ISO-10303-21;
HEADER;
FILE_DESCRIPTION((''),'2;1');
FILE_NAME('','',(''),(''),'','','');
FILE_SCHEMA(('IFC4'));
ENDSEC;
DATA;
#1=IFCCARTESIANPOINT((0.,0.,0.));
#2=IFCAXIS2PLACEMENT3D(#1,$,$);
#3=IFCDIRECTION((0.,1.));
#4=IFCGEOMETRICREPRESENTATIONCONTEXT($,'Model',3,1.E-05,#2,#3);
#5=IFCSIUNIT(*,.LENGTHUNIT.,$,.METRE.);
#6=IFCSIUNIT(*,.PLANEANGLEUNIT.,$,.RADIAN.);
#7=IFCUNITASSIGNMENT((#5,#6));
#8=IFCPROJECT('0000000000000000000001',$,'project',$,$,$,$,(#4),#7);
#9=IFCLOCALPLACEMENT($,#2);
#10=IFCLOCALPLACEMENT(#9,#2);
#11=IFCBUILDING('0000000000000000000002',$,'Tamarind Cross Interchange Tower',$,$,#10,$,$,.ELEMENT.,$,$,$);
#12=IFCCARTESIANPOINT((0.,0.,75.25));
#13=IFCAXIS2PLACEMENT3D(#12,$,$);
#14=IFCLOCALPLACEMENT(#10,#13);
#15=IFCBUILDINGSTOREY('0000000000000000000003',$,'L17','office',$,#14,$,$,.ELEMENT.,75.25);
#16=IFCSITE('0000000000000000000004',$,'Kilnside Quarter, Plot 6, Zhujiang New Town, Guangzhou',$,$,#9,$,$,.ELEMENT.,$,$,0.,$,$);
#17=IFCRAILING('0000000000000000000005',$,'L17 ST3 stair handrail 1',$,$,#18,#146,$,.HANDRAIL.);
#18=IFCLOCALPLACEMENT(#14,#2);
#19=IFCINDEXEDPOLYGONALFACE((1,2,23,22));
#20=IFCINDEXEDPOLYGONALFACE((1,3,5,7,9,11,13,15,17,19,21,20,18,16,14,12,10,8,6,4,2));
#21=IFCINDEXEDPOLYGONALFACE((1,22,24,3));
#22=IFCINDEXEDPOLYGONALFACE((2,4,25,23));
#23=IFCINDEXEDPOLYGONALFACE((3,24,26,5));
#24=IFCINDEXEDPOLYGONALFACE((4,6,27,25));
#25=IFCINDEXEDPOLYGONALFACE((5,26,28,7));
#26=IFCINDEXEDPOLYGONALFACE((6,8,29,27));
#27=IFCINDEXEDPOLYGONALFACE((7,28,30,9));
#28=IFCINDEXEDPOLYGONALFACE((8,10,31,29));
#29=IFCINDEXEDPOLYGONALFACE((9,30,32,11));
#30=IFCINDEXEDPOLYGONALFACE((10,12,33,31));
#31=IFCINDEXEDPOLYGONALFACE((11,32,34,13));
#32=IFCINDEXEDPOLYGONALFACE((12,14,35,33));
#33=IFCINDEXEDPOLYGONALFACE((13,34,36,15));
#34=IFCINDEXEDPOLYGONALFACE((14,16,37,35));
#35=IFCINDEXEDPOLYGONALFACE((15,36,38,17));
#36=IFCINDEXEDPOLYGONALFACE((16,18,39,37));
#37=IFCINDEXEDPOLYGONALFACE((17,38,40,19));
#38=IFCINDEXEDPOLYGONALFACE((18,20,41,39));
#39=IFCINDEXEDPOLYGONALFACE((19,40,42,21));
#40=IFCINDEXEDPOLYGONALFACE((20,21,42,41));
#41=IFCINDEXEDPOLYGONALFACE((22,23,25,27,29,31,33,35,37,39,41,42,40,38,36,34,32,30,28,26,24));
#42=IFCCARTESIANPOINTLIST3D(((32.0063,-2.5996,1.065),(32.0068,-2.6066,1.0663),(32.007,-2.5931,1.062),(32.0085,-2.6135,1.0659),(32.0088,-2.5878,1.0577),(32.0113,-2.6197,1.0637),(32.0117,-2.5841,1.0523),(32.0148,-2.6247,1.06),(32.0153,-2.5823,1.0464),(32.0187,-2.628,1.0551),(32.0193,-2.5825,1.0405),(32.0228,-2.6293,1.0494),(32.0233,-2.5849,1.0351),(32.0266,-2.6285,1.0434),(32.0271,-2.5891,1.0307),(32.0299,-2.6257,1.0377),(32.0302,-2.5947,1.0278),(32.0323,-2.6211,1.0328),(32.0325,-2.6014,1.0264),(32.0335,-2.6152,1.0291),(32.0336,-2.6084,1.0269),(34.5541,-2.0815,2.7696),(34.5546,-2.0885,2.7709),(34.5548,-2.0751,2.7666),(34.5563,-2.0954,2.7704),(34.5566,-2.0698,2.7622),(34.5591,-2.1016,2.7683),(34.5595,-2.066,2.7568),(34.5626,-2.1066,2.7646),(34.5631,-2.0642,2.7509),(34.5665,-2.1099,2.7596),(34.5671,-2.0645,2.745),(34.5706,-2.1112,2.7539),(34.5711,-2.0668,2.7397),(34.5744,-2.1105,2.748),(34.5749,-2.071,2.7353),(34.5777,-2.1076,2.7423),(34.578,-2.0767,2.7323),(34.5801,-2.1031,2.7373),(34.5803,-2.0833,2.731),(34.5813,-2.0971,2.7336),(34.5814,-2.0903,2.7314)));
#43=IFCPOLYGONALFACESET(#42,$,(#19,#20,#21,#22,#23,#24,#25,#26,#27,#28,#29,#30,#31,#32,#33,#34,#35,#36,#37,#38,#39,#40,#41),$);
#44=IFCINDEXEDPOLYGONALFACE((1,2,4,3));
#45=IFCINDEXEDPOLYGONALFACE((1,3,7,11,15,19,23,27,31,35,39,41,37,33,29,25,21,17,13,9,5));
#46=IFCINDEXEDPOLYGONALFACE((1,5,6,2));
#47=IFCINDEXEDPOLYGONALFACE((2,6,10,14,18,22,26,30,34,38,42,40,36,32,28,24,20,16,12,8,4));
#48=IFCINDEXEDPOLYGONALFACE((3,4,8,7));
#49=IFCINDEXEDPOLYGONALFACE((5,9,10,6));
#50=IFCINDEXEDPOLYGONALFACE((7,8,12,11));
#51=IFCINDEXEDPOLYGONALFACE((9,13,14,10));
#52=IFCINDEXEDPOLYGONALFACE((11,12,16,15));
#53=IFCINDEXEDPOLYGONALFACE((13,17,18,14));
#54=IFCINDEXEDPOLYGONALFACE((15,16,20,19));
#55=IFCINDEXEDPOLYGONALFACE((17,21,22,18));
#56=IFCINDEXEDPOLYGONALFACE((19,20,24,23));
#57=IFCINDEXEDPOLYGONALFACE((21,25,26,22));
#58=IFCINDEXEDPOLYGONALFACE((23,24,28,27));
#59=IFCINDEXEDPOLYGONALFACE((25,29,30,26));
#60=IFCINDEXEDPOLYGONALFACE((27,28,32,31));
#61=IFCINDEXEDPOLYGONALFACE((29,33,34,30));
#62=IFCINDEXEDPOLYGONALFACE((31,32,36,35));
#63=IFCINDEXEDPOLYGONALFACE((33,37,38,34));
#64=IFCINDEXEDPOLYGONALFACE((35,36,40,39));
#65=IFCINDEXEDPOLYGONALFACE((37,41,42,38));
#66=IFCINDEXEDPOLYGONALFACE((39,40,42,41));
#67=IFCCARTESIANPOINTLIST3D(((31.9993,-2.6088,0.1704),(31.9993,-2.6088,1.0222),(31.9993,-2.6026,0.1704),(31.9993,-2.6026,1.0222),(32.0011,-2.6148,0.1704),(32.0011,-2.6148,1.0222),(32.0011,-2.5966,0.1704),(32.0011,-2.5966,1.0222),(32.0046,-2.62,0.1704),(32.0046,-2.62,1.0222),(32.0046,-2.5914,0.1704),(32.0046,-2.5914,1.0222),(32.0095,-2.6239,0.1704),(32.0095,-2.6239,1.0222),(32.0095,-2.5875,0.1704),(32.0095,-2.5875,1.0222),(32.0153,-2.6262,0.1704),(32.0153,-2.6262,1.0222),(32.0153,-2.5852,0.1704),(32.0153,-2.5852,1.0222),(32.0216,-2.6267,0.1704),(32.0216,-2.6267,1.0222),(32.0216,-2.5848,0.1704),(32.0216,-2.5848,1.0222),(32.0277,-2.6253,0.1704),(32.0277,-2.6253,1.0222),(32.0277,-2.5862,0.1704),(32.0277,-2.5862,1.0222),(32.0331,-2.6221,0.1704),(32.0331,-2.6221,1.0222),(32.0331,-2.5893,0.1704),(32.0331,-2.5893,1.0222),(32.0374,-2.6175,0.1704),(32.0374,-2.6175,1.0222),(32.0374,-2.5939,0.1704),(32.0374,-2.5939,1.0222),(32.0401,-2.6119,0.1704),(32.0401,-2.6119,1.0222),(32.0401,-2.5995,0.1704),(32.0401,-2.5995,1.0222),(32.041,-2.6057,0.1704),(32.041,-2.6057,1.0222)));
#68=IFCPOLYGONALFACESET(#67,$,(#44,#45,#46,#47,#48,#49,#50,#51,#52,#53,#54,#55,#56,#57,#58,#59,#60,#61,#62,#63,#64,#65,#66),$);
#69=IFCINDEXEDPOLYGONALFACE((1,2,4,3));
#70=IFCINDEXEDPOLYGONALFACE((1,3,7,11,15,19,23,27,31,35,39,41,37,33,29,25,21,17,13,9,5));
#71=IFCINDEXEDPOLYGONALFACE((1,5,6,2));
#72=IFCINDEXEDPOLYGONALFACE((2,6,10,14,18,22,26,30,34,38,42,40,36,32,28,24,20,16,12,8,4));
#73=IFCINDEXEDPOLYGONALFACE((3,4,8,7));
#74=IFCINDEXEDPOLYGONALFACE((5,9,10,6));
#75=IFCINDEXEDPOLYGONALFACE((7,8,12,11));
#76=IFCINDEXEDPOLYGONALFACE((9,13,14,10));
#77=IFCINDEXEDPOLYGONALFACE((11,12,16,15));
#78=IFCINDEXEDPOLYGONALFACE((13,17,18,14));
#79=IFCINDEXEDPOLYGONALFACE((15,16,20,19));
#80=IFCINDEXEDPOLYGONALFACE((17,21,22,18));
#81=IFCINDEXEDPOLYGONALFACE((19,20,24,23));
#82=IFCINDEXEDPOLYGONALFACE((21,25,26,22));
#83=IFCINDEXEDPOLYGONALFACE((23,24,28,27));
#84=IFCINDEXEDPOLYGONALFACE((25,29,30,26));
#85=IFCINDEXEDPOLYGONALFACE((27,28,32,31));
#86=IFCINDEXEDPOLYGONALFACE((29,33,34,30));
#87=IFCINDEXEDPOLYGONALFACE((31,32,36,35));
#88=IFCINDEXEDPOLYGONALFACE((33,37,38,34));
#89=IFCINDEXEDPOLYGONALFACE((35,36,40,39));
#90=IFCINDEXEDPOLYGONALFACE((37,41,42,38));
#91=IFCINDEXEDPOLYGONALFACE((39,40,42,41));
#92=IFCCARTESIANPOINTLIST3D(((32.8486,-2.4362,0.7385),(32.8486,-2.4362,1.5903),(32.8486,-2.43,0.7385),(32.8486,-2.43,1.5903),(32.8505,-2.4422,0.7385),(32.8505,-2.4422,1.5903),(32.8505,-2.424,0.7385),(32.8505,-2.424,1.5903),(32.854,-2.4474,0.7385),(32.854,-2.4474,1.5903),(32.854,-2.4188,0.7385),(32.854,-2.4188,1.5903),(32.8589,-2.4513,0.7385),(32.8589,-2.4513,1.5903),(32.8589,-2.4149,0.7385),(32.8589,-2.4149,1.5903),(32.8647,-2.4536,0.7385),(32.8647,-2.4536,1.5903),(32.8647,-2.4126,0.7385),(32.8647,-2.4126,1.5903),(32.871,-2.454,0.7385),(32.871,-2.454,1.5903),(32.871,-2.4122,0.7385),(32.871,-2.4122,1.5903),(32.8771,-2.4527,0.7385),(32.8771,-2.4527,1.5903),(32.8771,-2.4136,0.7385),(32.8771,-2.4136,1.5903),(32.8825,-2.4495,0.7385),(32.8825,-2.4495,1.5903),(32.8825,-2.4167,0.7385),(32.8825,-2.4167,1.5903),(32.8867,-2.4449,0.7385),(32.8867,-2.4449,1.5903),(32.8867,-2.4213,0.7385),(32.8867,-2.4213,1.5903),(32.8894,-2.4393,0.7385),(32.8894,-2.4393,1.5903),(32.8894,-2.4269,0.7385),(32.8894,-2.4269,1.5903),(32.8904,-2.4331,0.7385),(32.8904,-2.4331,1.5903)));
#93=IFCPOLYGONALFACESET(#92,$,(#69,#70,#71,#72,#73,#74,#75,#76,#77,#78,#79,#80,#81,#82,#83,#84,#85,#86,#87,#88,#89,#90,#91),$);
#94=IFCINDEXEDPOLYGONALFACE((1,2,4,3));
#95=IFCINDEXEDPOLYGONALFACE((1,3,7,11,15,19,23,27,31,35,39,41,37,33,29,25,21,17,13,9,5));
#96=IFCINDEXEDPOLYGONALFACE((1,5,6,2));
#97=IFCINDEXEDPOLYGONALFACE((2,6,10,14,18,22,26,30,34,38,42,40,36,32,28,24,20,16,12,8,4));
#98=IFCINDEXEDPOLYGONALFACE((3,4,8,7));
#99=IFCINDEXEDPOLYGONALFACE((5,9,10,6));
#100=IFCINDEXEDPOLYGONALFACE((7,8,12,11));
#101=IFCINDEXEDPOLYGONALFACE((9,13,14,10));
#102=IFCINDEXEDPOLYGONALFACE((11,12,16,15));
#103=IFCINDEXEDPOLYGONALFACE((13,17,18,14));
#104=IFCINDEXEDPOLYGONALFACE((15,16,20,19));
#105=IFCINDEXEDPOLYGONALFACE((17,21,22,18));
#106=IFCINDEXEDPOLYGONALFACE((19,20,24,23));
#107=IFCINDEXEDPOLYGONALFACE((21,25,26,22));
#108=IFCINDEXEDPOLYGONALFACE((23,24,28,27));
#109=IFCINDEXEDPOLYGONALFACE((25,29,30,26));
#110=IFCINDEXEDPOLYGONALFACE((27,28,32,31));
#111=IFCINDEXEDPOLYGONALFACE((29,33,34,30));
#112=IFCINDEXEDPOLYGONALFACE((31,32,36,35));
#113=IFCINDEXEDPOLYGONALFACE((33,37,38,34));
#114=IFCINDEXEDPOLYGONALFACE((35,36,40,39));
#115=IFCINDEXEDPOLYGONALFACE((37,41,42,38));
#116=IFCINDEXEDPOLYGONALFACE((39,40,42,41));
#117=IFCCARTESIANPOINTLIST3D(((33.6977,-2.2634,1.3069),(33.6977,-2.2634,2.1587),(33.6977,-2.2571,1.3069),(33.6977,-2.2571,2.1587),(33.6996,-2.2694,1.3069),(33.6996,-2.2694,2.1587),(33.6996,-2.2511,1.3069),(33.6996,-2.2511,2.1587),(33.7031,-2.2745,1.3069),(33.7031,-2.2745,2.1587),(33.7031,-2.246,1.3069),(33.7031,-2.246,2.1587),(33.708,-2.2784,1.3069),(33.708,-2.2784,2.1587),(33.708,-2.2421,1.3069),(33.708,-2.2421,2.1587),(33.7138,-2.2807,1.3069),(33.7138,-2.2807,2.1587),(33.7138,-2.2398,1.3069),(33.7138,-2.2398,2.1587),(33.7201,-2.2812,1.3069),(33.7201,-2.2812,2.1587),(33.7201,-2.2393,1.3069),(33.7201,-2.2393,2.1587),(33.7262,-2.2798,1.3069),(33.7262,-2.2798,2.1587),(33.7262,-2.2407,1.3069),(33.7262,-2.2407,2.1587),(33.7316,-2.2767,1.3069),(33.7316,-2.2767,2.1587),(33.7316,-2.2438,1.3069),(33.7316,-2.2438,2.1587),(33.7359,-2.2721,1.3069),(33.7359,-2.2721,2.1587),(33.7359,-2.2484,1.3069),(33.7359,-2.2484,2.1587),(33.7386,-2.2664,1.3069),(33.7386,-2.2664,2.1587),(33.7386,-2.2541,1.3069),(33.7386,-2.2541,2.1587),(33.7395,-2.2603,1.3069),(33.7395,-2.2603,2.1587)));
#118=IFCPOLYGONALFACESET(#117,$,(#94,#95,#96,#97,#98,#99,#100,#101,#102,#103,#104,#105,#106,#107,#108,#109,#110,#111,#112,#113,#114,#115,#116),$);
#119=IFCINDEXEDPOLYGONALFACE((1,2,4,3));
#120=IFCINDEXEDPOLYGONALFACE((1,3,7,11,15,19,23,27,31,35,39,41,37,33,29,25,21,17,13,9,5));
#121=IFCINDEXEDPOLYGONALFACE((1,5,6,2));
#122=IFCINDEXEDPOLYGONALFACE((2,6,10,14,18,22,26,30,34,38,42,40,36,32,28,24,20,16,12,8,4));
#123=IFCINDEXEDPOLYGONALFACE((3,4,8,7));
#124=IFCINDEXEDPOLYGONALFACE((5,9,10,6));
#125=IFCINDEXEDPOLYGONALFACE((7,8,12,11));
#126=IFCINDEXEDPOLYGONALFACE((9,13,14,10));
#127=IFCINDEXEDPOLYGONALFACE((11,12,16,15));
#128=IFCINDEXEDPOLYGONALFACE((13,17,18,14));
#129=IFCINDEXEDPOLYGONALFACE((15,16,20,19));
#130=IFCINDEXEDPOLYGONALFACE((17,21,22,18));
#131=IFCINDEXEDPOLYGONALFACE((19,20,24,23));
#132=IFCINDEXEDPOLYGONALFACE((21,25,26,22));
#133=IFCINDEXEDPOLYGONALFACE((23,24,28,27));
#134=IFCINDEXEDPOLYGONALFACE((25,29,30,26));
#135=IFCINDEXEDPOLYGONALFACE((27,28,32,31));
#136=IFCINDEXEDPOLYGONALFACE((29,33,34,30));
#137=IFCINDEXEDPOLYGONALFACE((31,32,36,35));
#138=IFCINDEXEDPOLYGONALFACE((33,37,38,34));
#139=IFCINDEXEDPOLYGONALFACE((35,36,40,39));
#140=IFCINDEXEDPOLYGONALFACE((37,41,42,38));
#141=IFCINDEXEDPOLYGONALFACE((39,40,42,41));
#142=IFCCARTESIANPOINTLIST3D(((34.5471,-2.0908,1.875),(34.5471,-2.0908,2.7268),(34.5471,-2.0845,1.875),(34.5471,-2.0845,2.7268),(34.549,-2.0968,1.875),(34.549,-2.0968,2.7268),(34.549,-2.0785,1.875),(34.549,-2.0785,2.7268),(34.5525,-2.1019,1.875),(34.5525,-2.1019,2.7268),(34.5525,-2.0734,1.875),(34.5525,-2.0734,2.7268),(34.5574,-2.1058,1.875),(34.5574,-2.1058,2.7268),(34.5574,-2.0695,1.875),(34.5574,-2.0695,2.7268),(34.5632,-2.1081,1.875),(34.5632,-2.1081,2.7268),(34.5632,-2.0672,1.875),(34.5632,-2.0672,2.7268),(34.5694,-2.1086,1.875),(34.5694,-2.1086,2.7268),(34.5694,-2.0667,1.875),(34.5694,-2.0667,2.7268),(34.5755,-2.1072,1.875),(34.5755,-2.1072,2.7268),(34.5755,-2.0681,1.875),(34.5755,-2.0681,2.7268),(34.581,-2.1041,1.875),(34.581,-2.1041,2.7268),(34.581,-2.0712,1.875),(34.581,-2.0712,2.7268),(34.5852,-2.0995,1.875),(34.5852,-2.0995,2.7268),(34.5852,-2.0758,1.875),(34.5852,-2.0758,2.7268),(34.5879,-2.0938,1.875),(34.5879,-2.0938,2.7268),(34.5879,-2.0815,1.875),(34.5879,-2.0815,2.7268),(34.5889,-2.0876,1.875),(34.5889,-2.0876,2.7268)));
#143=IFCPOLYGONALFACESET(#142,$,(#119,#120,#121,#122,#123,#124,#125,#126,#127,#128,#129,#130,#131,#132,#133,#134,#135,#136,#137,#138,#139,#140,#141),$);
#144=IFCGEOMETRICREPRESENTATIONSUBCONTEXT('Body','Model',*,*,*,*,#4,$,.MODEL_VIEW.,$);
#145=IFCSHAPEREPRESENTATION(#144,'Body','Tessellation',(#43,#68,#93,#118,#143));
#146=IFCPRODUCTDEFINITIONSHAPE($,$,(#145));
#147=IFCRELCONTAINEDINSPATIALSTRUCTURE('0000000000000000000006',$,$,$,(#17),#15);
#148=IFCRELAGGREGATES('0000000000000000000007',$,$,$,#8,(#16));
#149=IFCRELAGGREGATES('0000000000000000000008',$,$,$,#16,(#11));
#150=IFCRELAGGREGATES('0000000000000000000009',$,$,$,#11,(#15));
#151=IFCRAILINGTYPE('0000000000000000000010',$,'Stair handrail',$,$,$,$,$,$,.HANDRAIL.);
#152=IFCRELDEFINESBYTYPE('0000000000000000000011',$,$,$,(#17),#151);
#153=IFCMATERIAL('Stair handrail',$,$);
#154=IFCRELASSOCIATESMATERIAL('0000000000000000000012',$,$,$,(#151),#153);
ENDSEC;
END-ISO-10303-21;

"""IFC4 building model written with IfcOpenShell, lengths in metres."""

from ifc_helpers import new_model, si_unit, direction, frame, origin, origin_2d, place, context, subcontext, project, spatial, circle, extrude, material, type_object, element, save


model = new_model("IFC4")

# Units and contexts
model_context = context("Model", 3, precision=1e-05, world=origin(), true_north=direction((0.0, 1.0)))
body_context = subcontext(model_context, "Body", "Model", "MODEL_VIEW")
ifc_project = project(units=[si_unit("LENGTHUNIT", "METRE"), si_unit("PLANEANGLEUNIT", "RADIAN")], contexts=[model_context])

# Site, building, storey
site_placement = place(None, origin())
site = spatial("IfcSite", under=ifc_project, at=site_placement, Name="Kilnside Quarter, Plot 6, Zhujiang New Town, Guangzhou", CompositionType="ELEMENT", RefElevation=0.0)
building_placement = place(site_placement, origin())
building = spatial("IfcBuilding", under=site, at=building_placement, Name="Tamarind Cross Interchange Tower", CompositionType="ELEMENT")
storey_placement = place(building_placement, frame((0.0, 0.0, 75.25)))
storey = spatial("IfcBuildingStorey", under=building, at=storey_placement, Name="L17", Description="office", CompositionType="ELEMENT", Elevation=75.25)

# Railing
ifc_material_1 = material(Name="Stair handrail")
railing_type_1 = type_object("IfcRailingType", Name="Stair handrail", PredefinedType="HANDRAIL", material=ifc_material_1)
railing_1_placement = place(storey_placement, frame((32.02, -2.6057, 0.1704)))
element("IfcRailing", 1, at=railing_1_placement, inside=storey, type_object=railing_type_1, Name="L17 ST3 stair handrail 1", PredefinedType="HANDRAIL", context=body_context, shape_type="SweptSolid", body=[
    extrude(circle(Radius=0.0239, at=origin_2d()), frame((0.0, 0.0, 0.876), z_axis=(0.819522, 0.166637, 0.548285), x_axis=(-0.199257, 0.979947, 0.0)), (0.0, 0.0, 1.0), 3.1089),
    extrude(circle(Radius=0.021, at=origin_2d()), origin(), (0.0, 0.0, 1.0), 0.8518),
    extrude(circle(Radius=0.021, at=origin_2d()), frame((0.8494, 0.1726, 0.5681)), (0.0, 0.0, 1.0), 0.8518),
    extrude(circle(Radius=0.021, at=origin_2d()), frame((1.6985, 0.3455, 1.1365)), (0.0, 0.0, 1.0), 0.8518),
    extrude(circle(Radius=0.021, at=origin_2d()), frame((2.5479, 0.5181, 1.7046)), (0.0, 0.0, 1.0), 0.8518),
])

save(model, "model.ifc")
